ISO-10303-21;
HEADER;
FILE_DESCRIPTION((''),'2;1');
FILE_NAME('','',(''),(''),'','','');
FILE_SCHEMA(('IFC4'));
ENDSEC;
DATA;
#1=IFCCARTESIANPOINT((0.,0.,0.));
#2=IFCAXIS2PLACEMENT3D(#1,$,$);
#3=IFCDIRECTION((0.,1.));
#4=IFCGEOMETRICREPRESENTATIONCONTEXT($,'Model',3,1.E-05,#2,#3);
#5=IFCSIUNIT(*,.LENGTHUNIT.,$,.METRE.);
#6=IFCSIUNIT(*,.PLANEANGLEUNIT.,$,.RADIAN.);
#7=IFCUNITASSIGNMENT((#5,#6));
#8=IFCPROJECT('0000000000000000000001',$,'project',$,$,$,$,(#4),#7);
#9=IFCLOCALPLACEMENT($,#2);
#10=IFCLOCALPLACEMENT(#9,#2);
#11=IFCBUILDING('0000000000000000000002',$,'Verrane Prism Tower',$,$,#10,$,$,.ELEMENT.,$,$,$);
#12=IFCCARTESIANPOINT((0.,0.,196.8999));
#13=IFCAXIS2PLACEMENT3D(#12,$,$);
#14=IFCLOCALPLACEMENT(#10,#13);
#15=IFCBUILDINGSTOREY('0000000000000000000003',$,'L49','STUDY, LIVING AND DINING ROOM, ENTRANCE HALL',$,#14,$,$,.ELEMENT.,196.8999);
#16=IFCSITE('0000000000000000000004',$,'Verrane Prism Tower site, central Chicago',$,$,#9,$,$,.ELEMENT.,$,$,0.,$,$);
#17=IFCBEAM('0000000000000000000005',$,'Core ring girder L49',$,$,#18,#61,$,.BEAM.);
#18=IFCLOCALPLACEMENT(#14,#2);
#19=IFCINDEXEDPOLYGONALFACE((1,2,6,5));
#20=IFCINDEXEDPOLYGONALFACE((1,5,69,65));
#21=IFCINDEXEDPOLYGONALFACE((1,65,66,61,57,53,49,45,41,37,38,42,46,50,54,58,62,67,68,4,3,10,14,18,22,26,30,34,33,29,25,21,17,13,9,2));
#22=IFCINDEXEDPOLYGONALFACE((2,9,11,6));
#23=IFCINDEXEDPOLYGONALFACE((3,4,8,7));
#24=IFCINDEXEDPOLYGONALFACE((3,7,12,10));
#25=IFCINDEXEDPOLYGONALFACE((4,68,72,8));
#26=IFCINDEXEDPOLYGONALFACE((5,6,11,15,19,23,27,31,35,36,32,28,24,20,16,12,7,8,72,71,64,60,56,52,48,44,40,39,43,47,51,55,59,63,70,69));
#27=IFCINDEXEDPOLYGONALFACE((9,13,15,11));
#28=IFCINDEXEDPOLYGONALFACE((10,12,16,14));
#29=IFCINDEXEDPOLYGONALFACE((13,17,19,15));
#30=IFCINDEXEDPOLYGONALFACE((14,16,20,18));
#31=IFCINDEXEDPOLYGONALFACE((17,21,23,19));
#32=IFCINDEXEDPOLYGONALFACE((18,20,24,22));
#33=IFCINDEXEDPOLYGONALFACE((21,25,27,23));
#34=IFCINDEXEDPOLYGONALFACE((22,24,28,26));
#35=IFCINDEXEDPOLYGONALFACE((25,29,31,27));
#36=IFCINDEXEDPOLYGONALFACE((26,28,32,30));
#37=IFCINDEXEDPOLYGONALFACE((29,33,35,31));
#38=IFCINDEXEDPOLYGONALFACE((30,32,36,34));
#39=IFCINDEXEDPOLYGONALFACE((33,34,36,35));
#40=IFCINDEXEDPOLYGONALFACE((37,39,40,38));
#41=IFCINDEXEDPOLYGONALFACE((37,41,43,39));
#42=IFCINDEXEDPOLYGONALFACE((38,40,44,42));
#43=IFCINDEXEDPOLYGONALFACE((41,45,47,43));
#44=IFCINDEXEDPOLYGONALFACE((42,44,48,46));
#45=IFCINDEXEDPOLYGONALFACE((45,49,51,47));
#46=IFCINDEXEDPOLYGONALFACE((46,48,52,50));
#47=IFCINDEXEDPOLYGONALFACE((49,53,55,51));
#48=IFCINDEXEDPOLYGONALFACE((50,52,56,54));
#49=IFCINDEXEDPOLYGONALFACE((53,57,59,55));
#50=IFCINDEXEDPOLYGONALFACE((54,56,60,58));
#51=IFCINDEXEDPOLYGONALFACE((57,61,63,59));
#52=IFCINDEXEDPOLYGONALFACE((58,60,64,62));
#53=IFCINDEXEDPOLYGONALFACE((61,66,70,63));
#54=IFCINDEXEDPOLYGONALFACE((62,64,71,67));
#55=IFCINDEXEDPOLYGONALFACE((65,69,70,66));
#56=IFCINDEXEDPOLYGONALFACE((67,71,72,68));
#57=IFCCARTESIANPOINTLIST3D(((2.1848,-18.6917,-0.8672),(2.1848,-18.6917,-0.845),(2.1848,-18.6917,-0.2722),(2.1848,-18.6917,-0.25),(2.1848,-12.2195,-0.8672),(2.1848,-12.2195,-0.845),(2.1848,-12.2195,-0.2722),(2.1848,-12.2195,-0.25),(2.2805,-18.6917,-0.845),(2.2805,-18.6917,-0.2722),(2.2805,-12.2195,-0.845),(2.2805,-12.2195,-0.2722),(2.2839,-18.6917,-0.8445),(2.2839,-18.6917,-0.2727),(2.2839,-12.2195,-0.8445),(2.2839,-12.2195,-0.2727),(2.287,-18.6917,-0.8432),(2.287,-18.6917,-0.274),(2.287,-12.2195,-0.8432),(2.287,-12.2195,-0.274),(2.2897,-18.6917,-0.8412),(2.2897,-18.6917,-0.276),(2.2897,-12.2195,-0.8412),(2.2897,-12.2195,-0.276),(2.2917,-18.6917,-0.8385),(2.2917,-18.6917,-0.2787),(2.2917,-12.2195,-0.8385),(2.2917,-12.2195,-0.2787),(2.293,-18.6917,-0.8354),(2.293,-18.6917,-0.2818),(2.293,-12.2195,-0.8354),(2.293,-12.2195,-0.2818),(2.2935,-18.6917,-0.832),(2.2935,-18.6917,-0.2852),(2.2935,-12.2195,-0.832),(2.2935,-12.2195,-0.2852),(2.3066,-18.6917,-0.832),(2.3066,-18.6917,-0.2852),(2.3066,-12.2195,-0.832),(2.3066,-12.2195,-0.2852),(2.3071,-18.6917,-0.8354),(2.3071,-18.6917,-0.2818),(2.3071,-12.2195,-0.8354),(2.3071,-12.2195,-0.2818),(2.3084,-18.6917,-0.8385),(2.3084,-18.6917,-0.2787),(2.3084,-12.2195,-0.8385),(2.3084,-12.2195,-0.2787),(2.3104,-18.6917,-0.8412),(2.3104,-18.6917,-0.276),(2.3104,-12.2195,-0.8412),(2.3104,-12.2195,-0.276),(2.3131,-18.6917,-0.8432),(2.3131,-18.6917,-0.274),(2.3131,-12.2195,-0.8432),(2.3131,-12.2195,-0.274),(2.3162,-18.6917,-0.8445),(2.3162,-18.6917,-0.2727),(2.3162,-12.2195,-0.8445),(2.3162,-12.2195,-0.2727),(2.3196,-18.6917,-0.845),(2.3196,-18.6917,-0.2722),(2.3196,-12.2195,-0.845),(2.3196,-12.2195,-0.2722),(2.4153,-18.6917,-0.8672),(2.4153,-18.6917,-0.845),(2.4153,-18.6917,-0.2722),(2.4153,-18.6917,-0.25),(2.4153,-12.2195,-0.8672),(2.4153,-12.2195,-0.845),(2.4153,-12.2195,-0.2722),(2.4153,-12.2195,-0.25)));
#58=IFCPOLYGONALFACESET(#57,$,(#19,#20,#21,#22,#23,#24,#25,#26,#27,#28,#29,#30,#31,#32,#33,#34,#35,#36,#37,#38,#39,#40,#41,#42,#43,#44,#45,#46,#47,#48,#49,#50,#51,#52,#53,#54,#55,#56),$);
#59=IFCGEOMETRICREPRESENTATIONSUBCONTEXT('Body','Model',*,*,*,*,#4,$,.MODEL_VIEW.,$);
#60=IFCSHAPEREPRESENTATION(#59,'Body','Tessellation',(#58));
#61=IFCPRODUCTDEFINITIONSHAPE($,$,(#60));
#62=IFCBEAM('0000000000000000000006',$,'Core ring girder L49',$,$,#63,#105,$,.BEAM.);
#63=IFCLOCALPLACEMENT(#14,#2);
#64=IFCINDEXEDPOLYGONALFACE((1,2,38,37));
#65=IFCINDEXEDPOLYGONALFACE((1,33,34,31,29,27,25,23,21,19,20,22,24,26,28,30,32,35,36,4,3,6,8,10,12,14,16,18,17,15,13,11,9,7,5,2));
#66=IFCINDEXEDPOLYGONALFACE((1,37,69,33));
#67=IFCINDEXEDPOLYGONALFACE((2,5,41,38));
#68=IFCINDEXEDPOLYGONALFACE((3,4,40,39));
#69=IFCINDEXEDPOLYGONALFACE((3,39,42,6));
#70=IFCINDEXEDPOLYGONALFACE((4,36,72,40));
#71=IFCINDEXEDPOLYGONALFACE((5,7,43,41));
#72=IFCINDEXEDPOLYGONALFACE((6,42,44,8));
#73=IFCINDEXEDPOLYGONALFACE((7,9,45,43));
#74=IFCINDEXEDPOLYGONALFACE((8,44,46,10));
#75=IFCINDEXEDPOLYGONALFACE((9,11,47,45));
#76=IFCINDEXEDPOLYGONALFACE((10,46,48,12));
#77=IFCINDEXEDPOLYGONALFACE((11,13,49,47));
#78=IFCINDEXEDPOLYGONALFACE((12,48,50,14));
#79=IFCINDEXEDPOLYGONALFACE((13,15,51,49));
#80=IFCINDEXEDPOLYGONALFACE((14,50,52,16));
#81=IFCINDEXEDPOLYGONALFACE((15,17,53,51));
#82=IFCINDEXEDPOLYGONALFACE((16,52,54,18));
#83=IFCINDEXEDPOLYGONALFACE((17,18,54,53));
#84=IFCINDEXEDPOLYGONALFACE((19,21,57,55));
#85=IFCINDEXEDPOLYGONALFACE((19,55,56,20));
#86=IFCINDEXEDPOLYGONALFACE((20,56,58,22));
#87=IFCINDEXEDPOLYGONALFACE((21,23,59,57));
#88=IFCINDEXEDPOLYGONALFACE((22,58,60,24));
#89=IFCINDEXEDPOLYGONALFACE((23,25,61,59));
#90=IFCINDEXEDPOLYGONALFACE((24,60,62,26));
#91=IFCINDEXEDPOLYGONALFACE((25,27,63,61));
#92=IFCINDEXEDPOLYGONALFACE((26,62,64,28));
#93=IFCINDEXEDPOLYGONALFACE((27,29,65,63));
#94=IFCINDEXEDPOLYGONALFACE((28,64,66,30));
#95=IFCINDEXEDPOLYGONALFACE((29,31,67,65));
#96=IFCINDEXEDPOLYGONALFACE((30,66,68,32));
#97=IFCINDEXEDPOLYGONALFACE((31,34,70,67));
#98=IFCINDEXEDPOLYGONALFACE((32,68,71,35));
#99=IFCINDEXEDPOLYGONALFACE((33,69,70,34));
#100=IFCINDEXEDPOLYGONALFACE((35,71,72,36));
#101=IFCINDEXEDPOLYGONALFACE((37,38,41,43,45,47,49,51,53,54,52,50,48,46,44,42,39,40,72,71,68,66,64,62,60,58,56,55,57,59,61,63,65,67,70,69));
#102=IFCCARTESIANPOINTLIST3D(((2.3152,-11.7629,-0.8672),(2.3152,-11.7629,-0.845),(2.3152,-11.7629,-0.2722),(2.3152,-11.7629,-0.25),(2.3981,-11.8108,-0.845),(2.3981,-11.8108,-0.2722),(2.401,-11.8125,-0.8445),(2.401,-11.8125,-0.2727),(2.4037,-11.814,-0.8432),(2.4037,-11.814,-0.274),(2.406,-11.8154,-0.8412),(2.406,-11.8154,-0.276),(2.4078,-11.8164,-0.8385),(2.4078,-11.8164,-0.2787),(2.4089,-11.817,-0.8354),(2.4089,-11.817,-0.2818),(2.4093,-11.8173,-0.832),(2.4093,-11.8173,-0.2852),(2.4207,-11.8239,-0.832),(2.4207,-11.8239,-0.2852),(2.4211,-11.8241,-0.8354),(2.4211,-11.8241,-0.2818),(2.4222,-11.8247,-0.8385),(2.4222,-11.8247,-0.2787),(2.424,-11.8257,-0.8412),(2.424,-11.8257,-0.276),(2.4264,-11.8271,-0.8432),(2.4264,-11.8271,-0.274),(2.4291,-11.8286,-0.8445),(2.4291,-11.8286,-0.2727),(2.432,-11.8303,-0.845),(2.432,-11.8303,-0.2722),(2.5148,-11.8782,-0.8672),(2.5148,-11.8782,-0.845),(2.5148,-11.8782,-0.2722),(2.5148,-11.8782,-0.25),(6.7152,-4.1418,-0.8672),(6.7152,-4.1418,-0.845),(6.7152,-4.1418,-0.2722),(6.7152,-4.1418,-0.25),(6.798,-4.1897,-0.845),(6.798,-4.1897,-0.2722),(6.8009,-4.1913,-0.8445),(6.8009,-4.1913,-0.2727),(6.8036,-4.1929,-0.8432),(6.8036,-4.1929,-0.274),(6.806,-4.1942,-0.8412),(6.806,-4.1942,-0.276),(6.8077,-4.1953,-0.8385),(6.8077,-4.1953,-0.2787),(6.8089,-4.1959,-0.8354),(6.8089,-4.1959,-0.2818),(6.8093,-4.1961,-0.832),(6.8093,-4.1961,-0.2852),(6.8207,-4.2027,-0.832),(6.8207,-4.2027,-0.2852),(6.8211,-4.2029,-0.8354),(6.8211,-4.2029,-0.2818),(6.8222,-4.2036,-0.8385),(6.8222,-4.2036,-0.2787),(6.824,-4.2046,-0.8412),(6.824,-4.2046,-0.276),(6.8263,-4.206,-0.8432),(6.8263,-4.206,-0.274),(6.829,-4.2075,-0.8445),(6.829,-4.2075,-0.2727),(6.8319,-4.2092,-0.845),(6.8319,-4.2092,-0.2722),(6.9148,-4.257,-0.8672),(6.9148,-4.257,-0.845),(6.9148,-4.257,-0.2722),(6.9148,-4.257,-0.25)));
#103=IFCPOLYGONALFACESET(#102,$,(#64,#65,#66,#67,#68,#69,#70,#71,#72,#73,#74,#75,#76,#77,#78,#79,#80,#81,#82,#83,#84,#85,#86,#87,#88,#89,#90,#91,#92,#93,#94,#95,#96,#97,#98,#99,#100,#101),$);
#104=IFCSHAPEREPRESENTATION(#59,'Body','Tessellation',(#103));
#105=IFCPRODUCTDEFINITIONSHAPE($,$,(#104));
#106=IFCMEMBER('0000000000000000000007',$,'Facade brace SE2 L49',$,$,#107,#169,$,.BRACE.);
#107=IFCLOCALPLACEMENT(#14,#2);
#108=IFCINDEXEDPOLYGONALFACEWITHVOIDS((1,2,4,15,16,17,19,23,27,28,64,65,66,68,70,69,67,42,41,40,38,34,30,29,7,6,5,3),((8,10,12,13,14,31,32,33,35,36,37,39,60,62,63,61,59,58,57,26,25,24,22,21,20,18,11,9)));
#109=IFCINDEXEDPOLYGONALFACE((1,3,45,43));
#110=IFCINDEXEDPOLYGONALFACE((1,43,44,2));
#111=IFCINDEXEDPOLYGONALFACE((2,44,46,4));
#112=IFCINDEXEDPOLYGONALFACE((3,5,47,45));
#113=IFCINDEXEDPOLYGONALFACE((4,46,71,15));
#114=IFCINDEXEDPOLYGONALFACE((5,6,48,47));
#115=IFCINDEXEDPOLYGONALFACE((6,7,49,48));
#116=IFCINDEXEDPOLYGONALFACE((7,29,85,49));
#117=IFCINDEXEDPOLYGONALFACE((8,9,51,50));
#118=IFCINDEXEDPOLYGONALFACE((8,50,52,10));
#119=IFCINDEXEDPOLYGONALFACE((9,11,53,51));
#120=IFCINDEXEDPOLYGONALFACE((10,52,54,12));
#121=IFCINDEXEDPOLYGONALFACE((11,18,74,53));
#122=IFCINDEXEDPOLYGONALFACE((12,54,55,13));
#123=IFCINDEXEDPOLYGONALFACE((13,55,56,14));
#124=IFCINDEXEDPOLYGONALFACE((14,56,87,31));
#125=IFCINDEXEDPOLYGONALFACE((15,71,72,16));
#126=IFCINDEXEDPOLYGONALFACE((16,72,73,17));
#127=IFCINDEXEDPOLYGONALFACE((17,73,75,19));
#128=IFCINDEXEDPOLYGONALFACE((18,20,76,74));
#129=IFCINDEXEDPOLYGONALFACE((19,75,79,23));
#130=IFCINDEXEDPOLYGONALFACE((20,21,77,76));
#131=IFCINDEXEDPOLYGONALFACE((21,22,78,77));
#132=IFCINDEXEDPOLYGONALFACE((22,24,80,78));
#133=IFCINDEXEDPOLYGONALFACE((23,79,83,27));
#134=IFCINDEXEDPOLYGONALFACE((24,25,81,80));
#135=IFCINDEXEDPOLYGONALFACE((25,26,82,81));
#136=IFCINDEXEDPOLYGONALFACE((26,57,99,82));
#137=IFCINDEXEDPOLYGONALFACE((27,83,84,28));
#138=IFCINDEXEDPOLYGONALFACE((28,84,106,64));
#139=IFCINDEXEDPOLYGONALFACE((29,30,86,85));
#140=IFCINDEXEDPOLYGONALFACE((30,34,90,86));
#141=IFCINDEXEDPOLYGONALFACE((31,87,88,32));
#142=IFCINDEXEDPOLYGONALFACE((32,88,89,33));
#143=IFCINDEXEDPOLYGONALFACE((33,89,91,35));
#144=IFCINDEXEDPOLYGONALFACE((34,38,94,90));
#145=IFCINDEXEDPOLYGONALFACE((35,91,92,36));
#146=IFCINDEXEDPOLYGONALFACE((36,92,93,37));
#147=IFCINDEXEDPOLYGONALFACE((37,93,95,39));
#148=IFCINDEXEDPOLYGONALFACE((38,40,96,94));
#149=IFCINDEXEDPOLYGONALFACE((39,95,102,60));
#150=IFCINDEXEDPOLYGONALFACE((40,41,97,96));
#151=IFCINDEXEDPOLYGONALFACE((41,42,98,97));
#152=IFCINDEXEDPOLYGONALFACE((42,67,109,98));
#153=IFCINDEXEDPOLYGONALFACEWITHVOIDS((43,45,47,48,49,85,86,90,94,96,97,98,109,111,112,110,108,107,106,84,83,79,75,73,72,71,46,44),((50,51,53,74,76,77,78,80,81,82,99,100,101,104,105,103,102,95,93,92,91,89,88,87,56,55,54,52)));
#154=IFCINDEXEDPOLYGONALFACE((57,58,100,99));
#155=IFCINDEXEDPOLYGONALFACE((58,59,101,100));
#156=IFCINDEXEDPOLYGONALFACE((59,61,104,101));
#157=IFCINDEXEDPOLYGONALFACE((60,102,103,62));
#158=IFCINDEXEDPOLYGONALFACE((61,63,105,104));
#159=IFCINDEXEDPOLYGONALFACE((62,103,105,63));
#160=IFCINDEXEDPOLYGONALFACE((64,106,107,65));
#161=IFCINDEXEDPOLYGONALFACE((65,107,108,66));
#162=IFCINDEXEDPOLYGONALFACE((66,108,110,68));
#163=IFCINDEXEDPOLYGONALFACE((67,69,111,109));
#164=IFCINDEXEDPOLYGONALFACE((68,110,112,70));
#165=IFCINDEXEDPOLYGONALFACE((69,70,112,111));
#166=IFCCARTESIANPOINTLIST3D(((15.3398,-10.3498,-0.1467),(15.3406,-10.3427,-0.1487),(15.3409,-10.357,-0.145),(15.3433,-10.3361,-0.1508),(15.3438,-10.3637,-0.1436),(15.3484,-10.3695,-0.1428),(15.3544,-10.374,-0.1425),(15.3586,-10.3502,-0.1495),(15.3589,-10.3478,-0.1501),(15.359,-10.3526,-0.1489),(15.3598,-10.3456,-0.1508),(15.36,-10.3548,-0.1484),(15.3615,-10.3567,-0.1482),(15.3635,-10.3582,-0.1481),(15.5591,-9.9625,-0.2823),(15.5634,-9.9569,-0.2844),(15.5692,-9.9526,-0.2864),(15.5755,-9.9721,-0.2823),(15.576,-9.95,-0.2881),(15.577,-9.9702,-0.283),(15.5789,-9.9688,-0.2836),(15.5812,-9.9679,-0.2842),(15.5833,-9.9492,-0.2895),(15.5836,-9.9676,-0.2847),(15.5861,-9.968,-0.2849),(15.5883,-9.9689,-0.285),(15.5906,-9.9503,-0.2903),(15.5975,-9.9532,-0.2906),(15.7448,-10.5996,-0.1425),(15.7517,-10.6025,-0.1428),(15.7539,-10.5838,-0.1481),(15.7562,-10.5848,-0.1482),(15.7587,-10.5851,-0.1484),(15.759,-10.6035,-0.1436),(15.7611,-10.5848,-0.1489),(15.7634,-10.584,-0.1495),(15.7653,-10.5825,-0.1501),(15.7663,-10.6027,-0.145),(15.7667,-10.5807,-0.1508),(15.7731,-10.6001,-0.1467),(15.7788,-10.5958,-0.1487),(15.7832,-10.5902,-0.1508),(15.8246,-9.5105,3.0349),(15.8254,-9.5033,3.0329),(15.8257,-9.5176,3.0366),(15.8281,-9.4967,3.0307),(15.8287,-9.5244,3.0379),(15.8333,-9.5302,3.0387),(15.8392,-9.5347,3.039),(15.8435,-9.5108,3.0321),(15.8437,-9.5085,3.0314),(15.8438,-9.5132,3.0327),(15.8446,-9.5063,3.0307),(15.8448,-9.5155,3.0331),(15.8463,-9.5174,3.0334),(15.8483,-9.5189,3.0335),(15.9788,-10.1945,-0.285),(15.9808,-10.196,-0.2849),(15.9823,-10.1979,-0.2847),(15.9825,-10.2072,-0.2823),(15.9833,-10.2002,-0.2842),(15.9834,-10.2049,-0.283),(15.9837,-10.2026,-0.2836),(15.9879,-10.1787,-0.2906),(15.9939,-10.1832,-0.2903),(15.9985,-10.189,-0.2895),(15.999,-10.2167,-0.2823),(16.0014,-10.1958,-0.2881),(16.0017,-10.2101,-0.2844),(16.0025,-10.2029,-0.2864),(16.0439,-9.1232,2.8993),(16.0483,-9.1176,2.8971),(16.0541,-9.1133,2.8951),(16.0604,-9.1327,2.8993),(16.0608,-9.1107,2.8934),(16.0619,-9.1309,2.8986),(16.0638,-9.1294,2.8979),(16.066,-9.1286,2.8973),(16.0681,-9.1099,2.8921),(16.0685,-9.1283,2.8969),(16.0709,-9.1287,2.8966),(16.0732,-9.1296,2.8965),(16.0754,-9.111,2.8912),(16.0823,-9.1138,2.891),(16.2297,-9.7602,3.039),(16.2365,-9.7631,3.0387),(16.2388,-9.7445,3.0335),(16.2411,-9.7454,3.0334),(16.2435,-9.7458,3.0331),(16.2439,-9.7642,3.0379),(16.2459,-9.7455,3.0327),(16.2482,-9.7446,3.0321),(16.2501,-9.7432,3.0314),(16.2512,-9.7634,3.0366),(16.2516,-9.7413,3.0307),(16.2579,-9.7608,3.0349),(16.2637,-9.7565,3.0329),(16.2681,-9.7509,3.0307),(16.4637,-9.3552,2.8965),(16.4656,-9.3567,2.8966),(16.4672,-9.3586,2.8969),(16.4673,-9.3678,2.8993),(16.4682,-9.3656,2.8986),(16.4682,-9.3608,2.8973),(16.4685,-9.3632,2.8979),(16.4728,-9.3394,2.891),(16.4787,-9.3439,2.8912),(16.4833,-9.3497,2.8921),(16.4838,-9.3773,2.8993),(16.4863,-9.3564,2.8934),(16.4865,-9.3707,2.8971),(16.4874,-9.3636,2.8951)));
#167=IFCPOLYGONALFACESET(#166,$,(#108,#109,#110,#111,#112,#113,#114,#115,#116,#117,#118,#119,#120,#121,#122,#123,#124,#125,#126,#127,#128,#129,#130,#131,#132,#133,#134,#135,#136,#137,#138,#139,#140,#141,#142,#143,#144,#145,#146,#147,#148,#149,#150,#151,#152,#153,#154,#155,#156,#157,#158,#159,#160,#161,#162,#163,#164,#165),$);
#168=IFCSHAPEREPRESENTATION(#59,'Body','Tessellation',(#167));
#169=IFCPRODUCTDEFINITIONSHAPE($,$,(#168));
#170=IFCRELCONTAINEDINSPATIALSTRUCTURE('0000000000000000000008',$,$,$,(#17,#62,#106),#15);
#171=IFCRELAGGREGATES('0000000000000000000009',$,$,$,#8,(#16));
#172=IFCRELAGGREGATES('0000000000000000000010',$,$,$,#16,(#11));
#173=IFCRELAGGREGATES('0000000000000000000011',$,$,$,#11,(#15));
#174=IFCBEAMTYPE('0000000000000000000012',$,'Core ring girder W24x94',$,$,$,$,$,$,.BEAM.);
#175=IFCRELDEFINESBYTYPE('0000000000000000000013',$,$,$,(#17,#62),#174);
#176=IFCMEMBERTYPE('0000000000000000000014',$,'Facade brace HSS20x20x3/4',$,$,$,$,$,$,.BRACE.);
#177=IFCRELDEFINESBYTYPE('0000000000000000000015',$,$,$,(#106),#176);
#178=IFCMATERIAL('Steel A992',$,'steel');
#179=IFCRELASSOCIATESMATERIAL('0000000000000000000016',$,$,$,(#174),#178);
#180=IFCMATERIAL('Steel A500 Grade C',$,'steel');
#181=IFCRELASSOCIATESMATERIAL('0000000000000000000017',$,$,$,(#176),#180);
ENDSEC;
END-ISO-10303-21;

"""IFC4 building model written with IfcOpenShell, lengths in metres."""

from ifc_helpers import new_model, si_unit, direction, frame, origin, origin_2d, place, context, subcontext, project, spatial, hollow_rectangle, i_section, extrude, material, material_profile, profile_set, type_object, element, save


model = new_model("IFC4")

# Units and contexts
model_context = context("Model", 3, precision=1e-05, world=origin(), true_north=direction((0.0, 1.0)))
body_context = subcontext(model_context, "Body", "Model", "MODEL_VIEW")
ifc_project = project(units=[si_unit("LENGTHUNIT", "METRE"), si_unit("PLANEANGLEUNIT", "RADIAN")], contexts=[model_context])

# Site, building, storey
site_placement = place(None, origin())
site = spatial("IfcSite", under=ifc_project, at=site_placement, Name="Verrane Prism Tower site, central Chicago", CompositionType="ELEMENT", RefElevation=0.0)
building_placement = place(site_placement, origin())
building = spatial("IfcBuilding", under=site, at=building_placement, Name="Verrane Prism Tower", CompositionType="ELEMENT")
storey_placement = place(building_placement, frame((0.0, 0.0, 196.8999)))
storey = spatial("IfcBuildingStorey", under=building, at=storey_placement, Name="L49", Description="STUDY, LIVING AND DINING ROOM, ENTRANCE HALL", CompositionType="ELEMENT", Elevation=196.8999)

# Beams
ifc_material_1 = material(Name="Steel A992", Category="steel")
ifc_material_profile_1 = material_profile(ifc_material_1, i_section(OverallWidth=0.2305, OverallDepth=0.6172, WebThickness=0.0132, FlangeThickness=0.0222, FilletRadius=0.0129, at=origin_2d()), Name="W24x94")
ifc_profile_set_1 = profile_set([ifc_material_profile_1], Name="Steel A992")
beam_type_1 = type_object("IfcBeamType", Name="Core ring girder W24x94", PredefinedType="BEAM", material=ifc_profile_set_1)
beam_1_placement = place(storey_placement, frame((2.3, -18.6917, -0.5586), z_axis=(0.0, 1.0, 0.0), x_axis=(-1.0, 0.0, 0.0)))
element("IfcBeam", 1, at=beam_1_placement, inside=storey, type_object=beam_type_1, Name="Core ring girder L49", PredefinedType="BEAM", context=body_context, shape_type="SweptSolid", body=[
    extrude(i_section(OverallWidth=0.2305, OverallDepth=0.6172, WebThickness=0.0132, FlangeThickness=0.0222, FilletRadius=0.0129, at=origin_2d()), origin(), (0.0, 0.0, 1.0), 6.4722),
])
beam_2_placement = place(storey_placement, frame((2.415, -11.8206, -0.5586), z_axis=(0.499988, 0.866032, 0.0), x_axis=(-0.866032, 0.499988, 0.0)))
element("IfcBeam", 2, at=beam_2_placement, inside=storey, type_object=beam_type_1, Name="Core ring girder L49", PredefinedType="BEAM", context=body_context, shape_type="SweptSolid", body=[
    extrude(i_section(OverallWidth=0.2305, OverallDepth=0.6172, WebThickness=0.0132, FlangeThickness=0.0222, FilletRadius=0.0129, at=origin_2d()), origin(), (0.0, 0.0, 1.0), 8.8),
])

# Member
ifc_material_2 = material(Name="Steel A500 Grade C", Category="steel")
ifc_material_profile_2 = material_profile(ifc_material_2, hollow_rectangle(XDim=0.5081, YDim=0.5081, WallThickness=0.019, InnerFilletRadius=0.0095, OuterFilletRadius=0.0286, at=origin_2d()), Name="HSS20x20x3/4")
ifc_profile_set_2 = profile_set([ifc_material_profile_2], Name="Steel A500 Grade C")
member_type_1 = type_object("IfcMemberType", Name="Facade brace HSS20x20x3/4", PredefinedType="BRACE", material=ifc_profile_set_2)
member_1_placement = place(storey_placement, frame((15.6711, -10.2764, -0.2166), z_axis=(0.145779, 0.25236, 0.956589), x_axis=(-0.865909, 0.500202, 0.0)))
element("IfcMember", 3, at=member_1_placement, inside=storey, type_object=member_type_1, Name="Facade brace SE2 L49", PredefinedType="BRACE", context=body_context, shape_type="SweptSolid", body=[
    extrude(hollow_rectangle(XDim=0.5081, YDim=0.5081, WallThickness=0.019, InnerFilletRadius=0.0095, OuterFilletRadius=0.0286, at=origin_2d()), origin(), (0.0, 0.0, 1.0), 3.3259),
])

save(model, "model.ifc")
